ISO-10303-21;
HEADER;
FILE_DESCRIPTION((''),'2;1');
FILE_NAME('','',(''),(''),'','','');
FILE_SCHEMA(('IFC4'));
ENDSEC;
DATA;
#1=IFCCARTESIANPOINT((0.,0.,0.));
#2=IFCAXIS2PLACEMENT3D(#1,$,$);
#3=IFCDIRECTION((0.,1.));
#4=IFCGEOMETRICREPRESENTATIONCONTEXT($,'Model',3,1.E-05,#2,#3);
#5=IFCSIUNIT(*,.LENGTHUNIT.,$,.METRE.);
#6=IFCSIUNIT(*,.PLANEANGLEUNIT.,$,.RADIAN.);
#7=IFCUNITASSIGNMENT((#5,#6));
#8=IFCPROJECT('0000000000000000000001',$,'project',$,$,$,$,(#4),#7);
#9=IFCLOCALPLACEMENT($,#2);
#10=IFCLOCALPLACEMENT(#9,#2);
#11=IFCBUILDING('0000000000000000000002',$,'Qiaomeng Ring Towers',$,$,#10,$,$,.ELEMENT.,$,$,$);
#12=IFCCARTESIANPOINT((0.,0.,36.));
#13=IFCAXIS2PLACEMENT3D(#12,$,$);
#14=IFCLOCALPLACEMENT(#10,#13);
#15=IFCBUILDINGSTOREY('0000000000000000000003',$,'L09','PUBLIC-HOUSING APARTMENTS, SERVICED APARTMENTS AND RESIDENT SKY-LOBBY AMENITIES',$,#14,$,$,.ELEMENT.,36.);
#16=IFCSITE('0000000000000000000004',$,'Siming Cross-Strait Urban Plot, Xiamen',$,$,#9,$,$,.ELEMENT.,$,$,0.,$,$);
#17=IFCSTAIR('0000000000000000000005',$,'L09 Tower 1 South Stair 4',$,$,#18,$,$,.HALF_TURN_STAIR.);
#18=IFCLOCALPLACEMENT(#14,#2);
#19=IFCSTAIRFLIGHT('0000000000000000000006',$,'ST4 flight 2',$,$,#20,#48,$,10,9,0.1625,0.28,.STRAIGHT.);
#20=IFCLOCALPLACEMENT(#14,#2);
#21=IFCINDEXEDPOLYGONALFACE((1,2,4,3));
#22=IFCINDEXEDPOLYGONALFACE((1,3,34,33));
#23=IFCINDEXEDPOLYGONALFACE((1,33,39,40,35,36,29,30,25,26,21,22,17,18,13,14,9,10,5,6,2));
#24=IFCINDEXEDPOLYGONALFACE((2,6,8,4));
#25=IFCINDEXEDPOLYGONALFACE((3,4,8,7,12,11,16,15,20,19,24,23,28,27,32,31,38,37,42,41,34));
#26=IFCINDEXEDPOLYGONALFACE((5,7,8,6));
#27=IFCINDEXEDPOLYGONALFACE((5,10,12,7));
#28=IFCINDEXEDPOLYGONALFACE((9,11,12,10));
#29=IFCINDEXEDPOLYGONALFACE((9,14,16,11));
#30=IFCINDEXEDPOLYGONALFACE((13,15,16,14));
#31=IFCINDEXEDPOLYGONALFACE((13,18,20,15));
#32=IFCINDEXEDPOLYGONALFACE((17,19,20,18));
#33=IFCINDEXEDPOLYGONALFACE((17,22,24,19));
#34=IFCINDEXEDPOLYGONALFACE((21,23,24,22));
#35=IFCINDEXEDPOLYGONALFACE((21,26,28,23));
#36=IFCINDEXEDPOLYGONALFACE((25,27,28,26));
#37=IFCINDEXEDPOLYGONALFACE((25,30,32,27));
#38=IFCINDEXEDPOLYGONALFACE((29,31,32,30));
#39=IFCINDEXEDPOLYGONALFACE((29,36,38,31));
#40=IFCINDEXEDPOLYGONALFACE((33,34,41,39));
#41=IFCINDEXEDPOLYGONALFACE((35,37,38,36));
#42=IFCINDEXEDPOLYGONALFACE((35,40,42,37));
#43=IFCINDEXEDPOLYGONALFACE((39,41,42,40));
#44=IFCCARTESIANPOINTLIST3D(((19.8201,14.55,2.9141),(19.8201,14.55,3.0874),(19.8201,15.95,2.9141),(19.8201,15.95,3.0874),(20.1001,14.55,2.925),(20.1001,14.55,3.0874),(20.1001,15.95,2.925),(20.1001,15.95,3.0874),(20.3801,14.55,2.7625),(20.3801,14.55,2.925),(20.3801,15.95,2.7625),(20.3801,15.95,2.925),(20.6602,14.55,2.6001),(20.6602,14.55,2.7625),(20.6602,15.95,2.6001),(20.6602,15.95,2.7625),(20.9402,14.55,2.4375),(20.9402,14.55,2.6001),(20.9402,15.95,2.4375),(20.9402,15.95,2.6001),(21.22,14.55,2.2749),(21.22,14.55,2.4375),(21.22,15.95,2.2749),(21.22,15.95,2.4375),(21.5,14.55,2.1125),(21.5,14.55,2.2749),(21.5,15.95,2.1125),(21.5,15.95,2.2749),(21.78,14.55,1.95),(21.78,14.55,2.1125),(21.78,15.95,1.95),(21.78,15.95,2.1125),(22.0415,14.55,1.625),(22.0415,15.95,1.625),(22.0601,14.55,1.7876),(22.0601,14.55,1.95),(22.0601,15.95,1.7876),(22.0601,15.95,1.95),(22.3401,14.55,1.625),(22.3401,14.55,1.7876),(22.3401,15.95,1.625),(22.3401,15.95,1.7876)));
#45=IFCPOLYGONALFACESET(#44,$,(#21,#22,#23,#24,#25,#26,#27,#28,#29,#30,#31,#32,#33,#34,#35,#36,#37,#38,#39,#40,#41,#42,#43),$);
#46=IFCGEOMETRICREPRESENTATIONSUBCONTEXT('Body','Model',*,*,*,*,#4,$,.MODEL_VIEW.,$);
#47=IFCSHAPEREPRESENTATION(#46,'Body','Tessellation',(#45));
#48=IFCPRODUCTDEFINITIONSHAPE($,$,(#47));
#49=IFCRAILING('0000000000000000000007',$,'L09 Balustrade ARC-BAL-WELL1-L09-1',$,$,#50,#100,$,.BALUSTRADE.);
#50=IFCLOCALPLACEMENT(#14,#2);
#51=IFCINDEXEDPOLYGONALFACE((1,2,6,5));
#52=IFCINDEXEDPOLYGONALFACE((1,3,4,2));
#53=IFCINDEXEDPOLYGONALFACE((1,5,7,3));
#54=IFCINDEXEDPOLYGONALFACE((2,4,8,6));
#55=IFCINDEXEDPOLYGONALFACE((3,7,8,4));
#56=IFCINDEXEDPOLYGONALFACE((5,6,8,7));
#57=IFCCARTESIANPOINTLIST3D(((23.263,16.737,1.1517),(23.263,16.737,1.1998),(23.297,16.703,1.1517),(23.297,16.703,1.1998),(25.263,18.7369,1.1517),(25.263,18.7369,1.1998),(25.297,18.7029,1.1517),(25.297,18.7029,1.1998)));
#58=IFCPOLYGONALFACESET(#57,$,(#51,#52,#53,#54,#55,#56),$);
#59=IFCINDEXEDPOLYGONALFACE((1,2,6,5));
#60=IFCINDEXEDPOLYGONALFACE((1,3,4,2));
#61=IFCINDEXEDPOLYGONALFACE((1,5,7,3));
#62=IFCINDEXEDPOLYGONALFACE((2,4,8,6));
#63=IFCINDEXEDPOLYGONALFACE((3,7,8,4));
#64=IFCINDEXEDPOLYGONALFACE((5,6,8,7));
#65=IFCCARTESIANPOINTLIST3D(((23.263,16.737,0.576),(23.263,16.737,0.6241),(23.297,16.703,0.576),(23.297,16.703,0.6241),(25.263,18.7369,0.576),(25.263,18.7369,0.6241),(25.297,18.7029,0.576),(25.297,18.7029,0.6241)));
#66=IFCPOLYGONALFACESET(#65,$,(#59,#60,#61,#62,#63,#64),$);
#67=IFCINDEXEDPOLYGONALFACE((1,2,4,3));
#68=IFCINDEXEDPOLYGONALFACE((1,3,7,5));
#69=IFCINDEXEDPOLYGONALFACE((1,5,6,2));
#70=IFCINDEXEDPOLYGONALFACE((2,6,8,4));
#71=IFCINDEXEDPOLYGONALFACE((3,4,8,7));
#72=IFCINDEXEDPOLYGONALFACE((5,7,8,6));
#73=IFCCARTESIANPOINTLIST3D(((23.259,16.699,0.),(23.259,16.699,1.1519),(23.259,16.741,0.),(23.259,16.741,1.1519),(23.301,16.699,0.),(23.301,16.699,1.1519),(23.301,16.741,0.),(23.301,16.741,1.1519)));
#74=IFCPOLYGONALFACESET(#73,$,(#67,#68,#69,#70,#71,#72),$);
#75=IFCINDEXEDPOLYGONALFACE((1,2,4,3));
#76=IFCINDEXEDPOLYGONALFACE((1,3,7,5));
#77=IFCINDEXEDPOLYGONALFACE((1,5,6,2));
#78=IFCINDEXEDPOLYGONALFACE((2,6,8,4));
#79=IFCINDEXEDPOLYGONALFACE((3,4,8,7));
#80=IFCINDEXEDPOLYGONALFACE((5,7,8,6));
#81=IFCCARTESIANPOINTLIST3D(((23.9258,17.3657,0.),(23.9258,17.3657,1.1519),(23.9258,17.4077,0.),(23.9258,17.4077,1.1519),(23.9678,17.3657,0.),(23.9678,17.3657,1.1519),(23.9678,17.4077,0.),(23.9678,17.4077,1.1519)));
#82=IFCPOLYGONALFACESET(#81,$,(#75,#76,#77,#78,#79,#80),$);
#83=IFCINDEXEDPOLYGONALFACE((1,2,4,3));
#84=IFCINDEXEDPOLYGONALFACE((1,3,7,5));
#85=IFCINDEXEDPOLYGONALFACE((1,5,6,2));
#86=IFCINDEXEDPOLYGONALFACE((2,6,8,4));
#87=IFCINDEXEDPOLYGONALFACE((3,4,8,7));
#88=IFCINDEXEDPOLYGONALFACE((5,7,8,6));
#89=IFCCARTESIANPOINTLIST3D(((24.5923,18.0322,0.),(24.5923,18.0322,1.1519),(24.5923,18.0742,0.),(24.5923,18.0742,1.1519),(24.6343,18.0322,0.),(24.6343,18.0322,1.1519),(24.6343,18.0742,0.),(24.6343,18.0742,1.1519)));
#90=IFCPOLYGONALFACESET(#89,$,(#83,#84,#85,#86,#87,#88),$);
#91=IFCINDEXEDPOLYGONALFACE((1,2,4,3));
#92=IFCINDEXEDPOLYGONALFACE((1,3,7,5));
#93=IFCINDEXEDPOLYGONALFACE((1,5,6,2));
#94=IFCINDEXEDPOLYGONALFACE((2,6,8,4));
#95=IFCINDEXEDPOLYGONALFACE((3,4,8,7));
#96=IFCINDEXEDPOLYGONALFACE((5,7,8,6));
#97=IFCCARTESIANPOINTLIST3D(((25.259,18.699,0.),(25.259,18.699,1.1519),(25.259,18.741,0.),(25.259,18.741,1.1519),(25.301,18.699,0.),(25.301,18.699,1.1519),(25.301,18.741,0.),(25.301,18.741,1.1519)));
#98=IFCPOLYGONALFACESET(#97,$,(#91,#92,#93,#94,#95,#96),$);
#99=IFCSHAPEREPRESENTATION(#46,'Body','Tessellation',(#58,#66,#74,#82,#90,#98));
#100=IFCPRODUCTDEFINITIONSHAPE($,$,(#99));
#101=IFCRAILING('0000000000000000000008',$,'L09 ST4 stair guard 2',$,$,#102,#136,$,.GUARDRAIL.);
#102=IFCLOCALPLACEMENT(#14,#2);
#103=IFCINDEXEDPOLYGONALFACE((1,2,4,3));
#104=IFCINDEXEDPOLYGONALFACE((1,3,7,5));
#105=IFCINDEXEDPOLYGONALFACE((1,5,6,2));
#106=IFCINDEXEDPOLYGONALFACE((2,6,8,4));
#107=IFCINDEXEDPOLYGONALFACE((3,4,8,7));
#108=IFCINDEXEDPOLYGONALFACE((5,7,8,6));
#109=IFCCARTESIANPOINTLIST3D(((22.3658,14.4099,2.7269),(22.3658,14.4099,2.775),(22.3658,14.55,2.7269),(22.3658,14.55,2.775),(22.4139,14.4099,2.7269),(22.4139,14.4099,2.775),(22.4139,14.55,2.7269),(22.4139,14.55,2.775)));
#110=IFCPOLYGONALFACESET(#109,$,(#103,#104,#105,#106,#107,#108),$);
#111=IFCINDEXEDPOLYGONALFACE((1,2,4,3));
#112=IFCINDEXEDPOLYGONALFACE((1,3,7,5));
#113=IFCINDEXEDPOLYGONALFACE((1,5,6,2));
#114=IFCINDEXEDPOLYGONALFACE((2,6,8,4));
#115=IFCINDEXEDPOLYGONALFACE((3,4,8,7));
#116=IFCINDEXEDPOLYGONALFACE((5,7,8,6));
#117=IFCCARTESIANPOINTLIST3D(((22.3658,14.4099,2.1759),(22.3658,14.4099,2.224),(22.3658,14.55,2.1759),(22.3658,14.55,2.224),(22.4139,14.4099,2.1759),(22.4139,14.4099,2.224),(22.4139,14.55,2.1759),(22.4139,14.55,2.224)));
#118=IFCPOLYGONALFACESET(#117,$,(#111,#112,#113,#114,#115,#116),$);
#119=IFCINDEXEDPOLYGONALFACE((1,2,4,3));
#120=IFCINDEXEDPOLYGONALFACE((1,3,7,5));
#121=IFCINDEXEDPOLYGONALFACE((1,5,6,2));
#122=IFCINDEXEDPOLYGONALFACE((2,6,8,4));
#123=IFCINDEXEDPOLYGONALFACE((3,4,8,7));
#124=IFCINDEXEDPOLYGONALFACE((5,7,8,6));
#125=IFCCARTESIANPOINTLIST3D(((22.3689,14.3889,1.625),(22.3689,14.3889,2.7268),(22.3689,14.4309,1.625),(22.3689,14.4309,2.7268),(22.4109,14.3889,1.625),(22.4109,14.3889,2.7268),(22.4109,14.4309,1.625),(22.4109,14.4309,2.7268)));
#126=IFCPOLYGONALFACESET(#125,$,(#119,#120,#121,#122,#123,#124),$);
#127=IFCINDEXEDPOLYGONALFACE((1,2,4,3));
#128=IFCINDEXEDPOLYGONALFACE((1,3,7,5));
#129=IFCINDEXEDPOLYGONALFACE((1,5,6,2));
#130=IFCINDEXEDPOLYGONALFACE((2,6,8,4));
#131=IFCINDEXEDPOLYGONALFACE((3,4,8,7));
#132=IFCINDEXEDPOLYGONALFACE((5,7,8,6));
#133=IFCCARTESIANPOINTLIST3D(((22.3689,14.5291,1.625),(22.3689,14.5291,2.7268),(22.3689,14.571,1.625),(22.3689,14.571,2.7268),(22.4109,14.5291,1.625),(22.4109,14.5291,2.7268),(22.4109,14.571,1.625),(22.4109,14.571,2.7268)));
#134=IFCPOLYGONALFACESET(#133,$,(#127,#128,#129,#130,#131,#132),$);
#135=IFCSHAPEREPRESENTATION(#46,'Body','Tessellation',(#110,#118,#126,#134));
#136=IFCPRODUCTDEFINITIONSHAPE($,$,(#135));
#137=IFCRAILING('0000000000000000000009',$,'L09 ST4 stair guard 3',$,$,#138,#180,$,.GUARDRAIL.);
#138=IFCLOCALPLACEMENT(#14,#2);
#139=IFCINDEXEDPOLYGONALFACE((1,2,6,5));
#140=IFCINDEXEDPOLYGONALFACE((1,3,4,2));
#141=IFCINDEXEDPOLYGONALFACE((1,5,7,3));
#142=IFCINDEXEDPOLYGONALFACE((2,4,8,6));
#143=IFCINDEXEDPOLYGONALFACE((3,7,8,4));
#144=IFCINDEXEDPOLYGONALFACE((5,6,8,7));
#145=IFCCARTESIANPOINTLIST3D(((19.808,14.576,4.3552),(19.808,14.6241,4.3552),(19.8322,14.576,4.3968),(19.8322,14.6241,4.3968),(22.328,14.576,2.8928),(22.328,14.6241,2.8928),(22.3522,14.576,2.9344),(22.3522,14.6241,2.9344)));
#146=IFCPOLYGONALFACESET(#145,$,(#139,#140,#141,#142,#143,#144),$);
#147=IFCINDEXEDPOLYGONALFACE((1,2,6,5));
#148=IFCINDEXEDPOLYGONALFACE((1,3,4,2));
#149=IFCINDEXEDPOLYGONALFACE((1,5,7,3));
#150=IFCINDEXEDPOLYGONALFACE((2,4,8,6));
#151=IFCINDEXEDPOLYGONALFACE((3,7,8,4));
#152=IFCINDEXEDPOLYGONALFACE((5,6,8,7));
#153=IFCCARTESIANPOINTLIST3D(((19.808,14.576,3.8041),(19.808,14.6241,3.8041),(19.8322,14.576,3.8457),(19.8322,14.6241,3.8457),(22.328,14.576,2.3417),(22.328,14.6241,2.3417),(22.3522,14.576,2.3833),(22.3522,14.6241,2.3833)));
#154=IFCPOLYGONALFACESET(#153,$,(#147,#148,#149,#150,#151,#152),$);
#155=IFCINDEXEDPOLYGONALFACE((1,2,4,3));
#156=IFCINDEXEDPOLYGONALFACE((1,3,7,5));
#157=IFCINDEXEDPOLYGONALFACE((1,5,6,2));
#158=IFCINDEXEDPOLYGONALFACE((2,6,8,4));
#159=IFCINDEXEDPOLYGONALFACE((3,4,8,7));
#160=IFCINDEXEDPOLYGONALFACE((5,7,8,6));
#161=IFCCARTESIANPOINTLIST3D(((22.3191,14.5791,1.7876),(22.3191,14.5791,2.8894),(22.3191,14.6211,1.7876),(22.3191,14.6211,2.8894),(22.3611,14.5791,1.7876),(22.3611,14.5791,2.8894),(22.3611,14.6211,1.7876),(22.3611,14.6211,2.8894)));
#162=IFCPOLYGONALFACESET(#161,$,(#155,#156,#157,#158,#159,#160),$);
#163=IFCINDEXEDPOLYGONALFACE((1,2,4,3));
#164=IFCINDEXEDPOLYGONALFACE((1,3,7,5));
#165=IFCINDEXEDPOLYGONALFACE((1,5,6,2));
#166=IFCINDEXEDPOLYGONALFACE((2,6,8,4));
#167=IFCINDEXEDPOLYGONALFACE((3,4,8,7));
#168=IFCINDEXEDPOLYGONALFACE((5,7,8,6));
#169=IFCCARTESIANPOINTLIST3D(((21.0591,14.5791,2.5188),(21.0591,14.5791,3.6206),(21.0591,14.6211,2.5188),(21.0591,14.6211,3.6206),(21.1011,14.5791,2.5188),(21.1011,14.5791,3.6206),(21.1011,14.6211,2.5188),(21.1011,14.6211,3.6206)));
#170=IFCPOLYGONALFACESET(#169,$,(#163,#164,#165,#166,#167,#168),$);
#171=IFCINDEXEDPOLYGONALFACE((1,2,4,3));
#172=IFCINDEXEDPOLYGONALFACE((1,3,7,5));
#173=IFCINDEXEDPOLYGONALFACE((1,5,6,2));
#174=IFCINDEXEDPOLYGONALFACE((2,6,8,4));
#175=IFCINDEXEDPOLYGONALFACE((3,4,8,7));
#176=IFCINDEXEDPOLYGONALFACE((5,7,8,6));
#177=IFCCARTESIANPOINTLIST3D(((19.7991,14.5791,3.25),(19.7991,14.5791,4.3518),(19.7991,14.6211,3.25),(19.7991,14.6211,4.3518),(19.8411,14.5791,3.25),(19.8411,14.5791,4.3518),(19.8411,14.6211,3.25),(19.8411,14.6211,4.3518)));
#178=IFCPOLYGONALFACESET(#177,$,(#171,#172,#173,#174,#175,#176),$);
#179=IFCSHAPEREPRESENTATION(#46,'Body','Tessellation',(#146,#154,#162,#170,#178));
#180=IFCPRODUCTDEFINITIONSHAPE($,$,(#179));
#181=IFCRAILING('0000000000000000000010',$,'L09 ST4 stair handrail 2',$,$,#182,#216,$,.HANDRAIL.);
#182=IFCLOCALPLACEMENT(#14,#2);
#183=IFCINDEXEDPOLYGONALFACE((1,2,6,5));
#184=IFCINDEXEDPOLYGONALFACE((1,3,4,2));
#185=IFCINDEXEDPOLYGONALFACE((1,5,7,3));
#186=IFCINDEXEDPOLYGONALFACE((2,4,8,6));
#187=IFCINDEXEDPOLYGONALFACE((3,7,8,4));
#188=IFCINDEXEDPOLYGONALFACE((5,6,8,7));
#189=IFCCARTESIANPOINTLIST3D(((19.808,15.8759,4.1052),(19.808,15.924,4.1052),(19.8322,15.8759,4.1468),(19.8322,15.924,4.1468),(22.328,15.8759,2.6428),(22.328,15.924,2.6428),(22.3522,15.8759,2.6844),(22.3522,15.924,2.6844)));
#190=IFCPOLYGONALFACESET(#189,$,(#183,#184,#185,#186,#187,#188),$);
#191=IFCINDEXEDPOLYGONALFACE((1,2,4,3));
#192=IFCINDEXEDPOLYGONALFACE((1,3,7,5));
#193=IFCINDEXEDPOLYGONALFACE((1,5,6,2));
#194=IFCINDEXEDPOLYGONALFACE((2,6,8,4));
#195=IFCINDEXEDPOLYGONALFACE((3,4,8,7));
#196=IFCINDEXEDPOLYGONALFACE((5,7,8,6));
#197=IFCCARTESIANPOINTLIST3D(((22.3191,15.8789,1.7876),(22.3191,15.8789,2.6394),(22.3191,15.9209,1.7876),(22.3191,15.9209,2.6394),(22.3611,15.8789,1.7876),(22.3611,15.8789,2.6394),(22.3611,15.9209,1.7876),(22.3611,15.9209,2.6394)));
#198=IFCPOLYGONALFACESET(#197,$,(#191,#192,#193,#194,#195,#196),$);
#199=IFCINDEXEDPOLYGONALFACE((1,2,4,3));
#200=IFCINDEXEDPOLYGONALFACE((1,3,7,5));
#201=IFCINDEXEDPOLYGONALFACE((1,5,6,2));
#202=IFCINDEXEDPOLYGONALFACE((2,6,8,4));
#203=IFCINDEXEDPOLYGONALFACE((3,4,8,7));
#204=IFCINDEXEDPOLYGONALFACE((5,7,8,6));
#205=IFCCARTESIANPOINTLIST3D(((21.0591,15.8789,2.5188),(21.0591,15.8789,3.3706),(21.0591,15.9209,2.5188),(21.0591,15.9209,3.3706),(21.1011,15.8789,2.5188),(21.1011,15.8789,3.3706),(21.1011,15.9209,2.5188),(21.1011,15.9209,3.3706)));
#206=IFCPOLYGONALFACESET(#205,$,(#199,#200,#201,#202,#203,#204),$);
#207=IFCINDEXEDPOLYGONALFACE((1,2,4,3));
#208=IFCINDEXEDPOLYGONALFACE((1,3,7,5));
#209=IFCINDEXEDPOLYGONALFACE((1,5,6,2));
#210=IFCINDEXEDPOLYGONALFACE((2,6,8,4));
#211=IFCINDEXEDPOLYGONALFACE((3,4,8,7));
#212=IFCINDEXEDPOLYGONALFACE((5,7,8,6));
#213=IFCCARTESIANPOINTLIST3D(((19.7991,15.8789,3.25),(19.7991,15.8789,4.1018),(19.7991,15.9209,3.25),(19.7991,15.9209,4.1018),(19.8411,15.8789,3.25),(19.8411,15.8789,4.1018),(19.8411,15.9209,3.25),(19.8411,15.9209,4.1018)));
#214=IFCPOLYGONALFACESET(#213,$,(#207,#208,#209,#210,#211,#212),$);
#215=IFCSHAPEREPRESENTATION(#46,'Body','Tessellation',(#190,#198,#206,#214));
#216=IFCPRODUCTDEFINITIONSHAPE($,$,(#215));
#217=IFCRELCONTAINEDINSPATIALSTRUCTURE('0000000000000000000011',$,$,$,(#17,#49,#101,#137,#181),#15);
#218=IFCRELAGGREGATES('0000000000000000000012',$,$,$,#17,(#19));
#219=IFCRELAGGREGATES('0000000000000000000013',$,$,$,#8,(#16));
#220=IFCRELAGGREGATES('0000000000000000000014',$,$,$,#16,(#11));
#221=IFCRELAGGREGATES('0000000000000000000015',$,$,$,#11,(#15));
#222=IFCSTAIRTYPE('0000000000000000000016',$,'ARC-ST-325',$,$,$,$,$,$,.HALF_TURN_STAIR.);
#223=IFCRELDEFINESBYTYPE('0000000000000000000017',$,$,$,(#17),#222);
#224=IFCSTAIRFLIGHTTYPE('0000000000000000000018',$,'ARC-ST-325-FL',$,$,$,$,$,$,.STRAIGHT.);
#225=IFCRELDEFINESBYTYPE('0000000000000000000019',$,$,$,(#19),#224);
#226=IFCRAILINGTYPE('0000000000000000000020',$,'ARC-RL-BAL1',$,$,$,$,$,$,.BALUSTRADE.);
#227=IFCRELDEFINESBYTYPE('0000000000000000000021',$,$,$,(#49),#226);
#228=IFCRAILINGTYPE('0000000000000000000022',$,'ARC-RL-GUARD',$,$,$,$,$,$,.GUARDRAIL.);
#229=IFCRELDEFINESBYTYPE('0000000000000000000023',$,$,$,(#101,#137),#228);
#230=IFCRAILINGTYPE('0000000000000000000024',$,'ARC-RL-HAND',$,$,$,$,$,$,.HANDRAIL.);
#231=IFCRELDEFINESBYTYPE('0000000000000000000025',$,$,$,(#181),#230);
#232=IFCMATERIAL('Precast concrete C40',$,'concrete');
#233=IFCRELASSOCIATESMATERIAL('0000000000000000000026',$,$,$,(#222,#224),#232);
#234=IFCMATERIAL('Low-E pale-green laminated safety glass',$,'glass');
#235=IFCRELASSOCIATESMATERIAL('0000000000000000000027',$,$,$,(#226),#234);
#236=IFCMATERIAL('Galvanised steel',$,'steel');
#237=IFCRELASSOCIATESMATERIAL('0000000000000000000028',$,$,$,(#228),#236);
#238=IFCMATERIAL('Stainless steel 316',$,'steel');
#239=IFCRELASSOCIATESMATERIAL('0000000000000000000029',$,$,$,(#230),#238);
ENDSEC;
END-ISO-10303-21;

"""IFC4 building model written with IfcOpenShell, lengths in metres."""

from ifc_helpers import new_model, si_unit, direction, frame, origin, origin_2d, place, context, subcontext, project, spatial, polyline, rectangle, outline, extrude, source, transform, mapped, material, type_object, element, aggregate, save


model = new_model("IFC4")

# Units and contexts
model_context = context("Model", 3, precision=1e-05, world=origin(), true_north=direction((0.0, 1.0)))
body_context = subcontext(model_context, "Body", "Model", "MODEL_VIEW")
ifc_project = project(units=[si_unit("LENGTHUNIT", "METRE"), si_unit("PLANEANGLEUNIT", "RADIAN")], contexts=[model_context])

# Site, building, storey
site_placement = place(None, origin())
site = spatial("IfcSite", under=ifc_project, at=site_placement, Name="Siming Cross-Strait Urban Plot, Xiamen", CompositionType="ELEMENT", RefElevation=0.0)
building_placement = place(site_placement, origin())
building = spatial("IfcBuilding", under=site, at=building_placement, Name="Qiaomeng Ring Towers", CompositionType="ELEMENT")
storey_placement = place(building_placement, frame((0.0, 0.0, 36.0)))
storey = spatial("IfcBuildingStorey", under=building, at=storey_placement, Name="L09", Description="PUBLIC-HOUSING APARTMENTS, SERVICED APARTMENTS AND RESIDENT SKY-LOBBY AMENITIES", CompositionType="ELEMENT", Elevation=36.0)

# Shared definitions
ifc_material_1 = material(Name="Galvanised steel", Category="steel")

# Shared definitions
ifc_material_2 = material(Name="Stainless steel 316", Category="steel")

# Stair, stair flight
ifc_material_3 = material(Name="Precast concrete C40", Category="concrete")
stair_type = type_object("IfcStairType", Name="ARC-ST-325", PredefinedType="HALF_TURN_STAIR", material=ifc_material_3)
stair_placement = place(storey_placement, origin())
stair = element("IfcStair", 1, at=stair_placement, inside=storey, type_object=stair_type, Name="L09 Tower 1 South Stair 4", PredefinedType="HALF_TURN_STAIR")
stair_flight_type = type_object("IfcStairFlightType", Name="ARC-ST-325-FL", PredefinedType="STRAIGHT", material=ifc_material_3)
shared_shape_1 = source(origin(), body_context, "Body", "SweptSolid", [
    extrude(outline(polyline([(0.0, 0.0), (0.0, 0.1626), (0.28, 0.1626), (0.28, 0.325), (0.5601, 0.325), (0.5601, 0.4875), (0.8401, 0.4875), (0.8401, 0.6499), (1.1201, 0.6499), (1.1201, 0.8125), (1.3999, 0.8125), (1.3999, 0.9751), (1.6799, 0.9751), (1.6799, 1.1375), (1.96, 1.1375), (1.96, 1.3), (2.24, 1.3), (2.24, 1.4624), (2.52, 1.4624), (2.52, 1.625), (2.52, 1.2891), (0.2986, 0.0), (0.0, 0.0)])), frame((0.0, 0.7, 0.0), z_axis=(0.0, -1.0, 0.0), x_axis=(1.0, 0.0, 0.0)), (0.0, 0.0, 1.0), 1.3999),
])
stair_flight_placement = place(storey_placement, frame((22.3401, 15.25, 1.625), z_axis=(0.0, 0.0, 1.0), x_axis=(-1.0, 0.0, 0.0)))
stair_flight = element("IfcStairFlight", 2, at=stair_flight_placement, type_object=stair_flight_type, Name="ST4 flight 2", NumberOfRisers=10, NumberOfTreads=9, PredefinedType="STRAIGHT", RiserHeight=0.1625, TreadLength=0.28, context=body_context, shape_type="MappedRepresentation", body=[
    mapped(shared_shape_1, transform((0.0, 0.0, 0.0), x_axis=(1.0, 0.0, 0.0), y_axis=(0.0, 1.0, 0.0), z_axis=(0.0, 0.0, 1.0), scale=1.0)),
])
aggregate(stair, [stair_flight])

# Railings
ifc_material_4 = material(Name="Low-E pale-green laminated safety glass", Category="glass")
railing_type_1 = type_object("IfcRailingType", Name="ARC-RL-BAL1", PredefinedType="BALUSTRADE", material=ifc_material_4)
railing_1_placement = place(storey_placement, frame((23.28, 16.72, 0.0)))
element("IfcRailing", 3, at=railing_1_placement, inside=storey, type_object=railing_type_1, Name="L09 Balustrade ARC-BAL-WELL1-L09-1", PredefinedType="BALUSTRADE", context=body_context, shape_type="SweptSolid", body=[
    extrude(rectangle(XDim=0.0481, YDim=0.0481, at=origin_2d()), frame((0.0, 0.0, 1.1758), z_axis=(0.707107, 0.707107, 0.0), x_axis=(-0.707107, 0.707107, 0.0)), (0.0, 0.0, 1.0), 2.8284),
    extrude(rectangle(XDim=0.0481, YDim=0.0481, at=origin_2d()), frame((0.0, 0.0, 0.6001), z_axis=(0.707107, 0.707107, 0.0), x_axis=(-0.707107, 0.707107, 0.0)), (0.0, 0.0, 1.0), 2.8284),
    extrude(rectangle(XDim=0.042, YDim=0.042, at=origin_2d()), origin(), (0.0, 0.0, 1.0), 1.1519),
    extrude(rectangle(XDim=0.042, YDim=0.042, at=origin_2d()), frame((0.6667, 0.6667, 0.0)), (0.0, 0.0, 1.0), 1.1519),
    extrude(rectangle(XDim=0.042, YDim=0.042, at=origin_2d()), frame((1.3333, 1.3333, 0.0)), (0.0, 0.0, 1.0), 1.1519),
    extrude(rectangle(XDim=0.042, YDim=0.042, at=origin_2d()), frame((2.0, 2.0, 0.0)), (0.0, 0.0, 1.0), 1.1519),
])
railing_type_2 = type_object("IfcRailingType", Name="ARC-RL-GUARD", PredefinedType="GUARDRAIL", material=ifc_material_1)
railing_2_placement = place(storey_placement, frame((22.3899, 14.4099, 1.625)))
element("IfcRailing", 4, at=railing_2_placement, inside=storey, type_object=railing_type_2, Name="L09 ST4 stair guard 2", PredefinedType="GUARDRAIL", context=body_context, shape_type="SweptSolid", body=[
    extrude(rectangle(XDim=0.0481, YDim=0.0481, at=origin_2d()), frame((0.0, 0.0, 1.126), z_axis=(0.0, 1.0, 0.0), x_axis=(-1.0, 0.0, 0.0)), (0.0, 0.0, 1.0), 0.1401),
    extrude(rectangle(XDim=0.0481, YDim=0.0481, at=origin_2d()), frame((0.0, 0.0, 0.575), z_axis=(0.0, 1.0, 0.0), x_axis=(-1.0, 0.0, 0.0)), (0.0, 0.0, 1.0), 0.1401),
    extrude(rectangle(XDim=0.042, YDim=0.042, at=origin_2d()), origin(), (0.0, 0.0, 1.0), 1.1018),
    extrude(rectangle(XDim=0.042, YDim=0.042, at=origin_2d()), frame((0.0, 0.1401, 0.0)), (0.0, 0.0, 1.0), 1.1018),
])
railing_3_placement = place(storey_placement, frame((22.3401, 14.6001, 1.7876)))
element("IfcRailing", 5, at=railing_3_placement, inside=storey, type_object=railing_type_2, Name="L09 ST4 stair guard 3", PredefinedType="GUARDRAIL", context=body_context, shape_type="SweptSolid", body=[
    extrude(rectangle(XDim=0.0481, YDim=0.0481, at=origin_2d()), frame((0.0, 0.0, 1.126), z_axis=(-0.864913, 0.0, 0.501921), x_axis=(0.0, -1.0, 0.0)), (0.0, 0.0, 1.0), 2.9136),
    extrude(rectangle(XDim=0.0481, YDim=0.0481, at=origin_2d()), frame((0.0, 0.0, 0.575), z_axis=(-0.864913, 0.0, 0.501921), x_axis=(0.0, -1.0, 0.0)), (0.0, 0.0, 1.0), 2.9136),
    extrude(rectangle(XDim=0.042, YDim=0.042, at=origin_2d()), origin(), (0.0, 0.0, 1.0), 1.1018),
    extrude(rectangle(XDim=0.042, YDim=0.042, at=origin_2d()), frame((-1.26, 0.0, 0.7312)), (0.0, 0.0, 1.0), 1.1018),
    extrude(rectangle(XDim=0.042, YDim=0.042, at=origin_2d()), frame((-2.52, 0.0, 1.4624)), (0.0, 0.0, 1.0), 1.1018),
])
railing_type_3 = type_object("IfcRailingType", Name="ARC-RL-HAND", PredefinedType="HANDRAIL", material=ifc_material_2)
railing_4_placement = place(storey_placement, frame((22.3401, 15.8999, 1.7876)))
element("IfcRailing", 6, at=railing_4_placement, inside=storey, type_object=railing_type_3, Name="L09 ST4 stair handrail 2", PredefinedType="HANDRAIL", context=body_context, shape_type="SweptSolid", body=[
    extrude(rectangle(XDim=0.0481, YDim=0.0481, at=origin_2d()), frame((0.0, 0.0, 0.876), z_axis=(-0.864913, 0.0, 0.501921), x_axis=(0.0, -1.0, 0.0)), (0.0, 0.0, 1.0), 2.9136),
    extrude(rectangle(XDim=0.042, YDim=0.042, at=origin_2d()), origin(), (0.0, 0.0, 1.0), 0.8518),
    extrude(rectangle(XDim=0.042, YDim=0.042, at=origin_2d()), frame((-1.26, 0.0, 0.7312)), (0.0, 0.0, 1.0), 0.8518),
    extrude(rectangle(XDim=0.042, YDim=0.042, at=origin_2d()), frame((-2.52, 0.0, 1.4624)), (0.0, 0.0, 1.0), 0.8518),
])

save(model, "model.ifc")
